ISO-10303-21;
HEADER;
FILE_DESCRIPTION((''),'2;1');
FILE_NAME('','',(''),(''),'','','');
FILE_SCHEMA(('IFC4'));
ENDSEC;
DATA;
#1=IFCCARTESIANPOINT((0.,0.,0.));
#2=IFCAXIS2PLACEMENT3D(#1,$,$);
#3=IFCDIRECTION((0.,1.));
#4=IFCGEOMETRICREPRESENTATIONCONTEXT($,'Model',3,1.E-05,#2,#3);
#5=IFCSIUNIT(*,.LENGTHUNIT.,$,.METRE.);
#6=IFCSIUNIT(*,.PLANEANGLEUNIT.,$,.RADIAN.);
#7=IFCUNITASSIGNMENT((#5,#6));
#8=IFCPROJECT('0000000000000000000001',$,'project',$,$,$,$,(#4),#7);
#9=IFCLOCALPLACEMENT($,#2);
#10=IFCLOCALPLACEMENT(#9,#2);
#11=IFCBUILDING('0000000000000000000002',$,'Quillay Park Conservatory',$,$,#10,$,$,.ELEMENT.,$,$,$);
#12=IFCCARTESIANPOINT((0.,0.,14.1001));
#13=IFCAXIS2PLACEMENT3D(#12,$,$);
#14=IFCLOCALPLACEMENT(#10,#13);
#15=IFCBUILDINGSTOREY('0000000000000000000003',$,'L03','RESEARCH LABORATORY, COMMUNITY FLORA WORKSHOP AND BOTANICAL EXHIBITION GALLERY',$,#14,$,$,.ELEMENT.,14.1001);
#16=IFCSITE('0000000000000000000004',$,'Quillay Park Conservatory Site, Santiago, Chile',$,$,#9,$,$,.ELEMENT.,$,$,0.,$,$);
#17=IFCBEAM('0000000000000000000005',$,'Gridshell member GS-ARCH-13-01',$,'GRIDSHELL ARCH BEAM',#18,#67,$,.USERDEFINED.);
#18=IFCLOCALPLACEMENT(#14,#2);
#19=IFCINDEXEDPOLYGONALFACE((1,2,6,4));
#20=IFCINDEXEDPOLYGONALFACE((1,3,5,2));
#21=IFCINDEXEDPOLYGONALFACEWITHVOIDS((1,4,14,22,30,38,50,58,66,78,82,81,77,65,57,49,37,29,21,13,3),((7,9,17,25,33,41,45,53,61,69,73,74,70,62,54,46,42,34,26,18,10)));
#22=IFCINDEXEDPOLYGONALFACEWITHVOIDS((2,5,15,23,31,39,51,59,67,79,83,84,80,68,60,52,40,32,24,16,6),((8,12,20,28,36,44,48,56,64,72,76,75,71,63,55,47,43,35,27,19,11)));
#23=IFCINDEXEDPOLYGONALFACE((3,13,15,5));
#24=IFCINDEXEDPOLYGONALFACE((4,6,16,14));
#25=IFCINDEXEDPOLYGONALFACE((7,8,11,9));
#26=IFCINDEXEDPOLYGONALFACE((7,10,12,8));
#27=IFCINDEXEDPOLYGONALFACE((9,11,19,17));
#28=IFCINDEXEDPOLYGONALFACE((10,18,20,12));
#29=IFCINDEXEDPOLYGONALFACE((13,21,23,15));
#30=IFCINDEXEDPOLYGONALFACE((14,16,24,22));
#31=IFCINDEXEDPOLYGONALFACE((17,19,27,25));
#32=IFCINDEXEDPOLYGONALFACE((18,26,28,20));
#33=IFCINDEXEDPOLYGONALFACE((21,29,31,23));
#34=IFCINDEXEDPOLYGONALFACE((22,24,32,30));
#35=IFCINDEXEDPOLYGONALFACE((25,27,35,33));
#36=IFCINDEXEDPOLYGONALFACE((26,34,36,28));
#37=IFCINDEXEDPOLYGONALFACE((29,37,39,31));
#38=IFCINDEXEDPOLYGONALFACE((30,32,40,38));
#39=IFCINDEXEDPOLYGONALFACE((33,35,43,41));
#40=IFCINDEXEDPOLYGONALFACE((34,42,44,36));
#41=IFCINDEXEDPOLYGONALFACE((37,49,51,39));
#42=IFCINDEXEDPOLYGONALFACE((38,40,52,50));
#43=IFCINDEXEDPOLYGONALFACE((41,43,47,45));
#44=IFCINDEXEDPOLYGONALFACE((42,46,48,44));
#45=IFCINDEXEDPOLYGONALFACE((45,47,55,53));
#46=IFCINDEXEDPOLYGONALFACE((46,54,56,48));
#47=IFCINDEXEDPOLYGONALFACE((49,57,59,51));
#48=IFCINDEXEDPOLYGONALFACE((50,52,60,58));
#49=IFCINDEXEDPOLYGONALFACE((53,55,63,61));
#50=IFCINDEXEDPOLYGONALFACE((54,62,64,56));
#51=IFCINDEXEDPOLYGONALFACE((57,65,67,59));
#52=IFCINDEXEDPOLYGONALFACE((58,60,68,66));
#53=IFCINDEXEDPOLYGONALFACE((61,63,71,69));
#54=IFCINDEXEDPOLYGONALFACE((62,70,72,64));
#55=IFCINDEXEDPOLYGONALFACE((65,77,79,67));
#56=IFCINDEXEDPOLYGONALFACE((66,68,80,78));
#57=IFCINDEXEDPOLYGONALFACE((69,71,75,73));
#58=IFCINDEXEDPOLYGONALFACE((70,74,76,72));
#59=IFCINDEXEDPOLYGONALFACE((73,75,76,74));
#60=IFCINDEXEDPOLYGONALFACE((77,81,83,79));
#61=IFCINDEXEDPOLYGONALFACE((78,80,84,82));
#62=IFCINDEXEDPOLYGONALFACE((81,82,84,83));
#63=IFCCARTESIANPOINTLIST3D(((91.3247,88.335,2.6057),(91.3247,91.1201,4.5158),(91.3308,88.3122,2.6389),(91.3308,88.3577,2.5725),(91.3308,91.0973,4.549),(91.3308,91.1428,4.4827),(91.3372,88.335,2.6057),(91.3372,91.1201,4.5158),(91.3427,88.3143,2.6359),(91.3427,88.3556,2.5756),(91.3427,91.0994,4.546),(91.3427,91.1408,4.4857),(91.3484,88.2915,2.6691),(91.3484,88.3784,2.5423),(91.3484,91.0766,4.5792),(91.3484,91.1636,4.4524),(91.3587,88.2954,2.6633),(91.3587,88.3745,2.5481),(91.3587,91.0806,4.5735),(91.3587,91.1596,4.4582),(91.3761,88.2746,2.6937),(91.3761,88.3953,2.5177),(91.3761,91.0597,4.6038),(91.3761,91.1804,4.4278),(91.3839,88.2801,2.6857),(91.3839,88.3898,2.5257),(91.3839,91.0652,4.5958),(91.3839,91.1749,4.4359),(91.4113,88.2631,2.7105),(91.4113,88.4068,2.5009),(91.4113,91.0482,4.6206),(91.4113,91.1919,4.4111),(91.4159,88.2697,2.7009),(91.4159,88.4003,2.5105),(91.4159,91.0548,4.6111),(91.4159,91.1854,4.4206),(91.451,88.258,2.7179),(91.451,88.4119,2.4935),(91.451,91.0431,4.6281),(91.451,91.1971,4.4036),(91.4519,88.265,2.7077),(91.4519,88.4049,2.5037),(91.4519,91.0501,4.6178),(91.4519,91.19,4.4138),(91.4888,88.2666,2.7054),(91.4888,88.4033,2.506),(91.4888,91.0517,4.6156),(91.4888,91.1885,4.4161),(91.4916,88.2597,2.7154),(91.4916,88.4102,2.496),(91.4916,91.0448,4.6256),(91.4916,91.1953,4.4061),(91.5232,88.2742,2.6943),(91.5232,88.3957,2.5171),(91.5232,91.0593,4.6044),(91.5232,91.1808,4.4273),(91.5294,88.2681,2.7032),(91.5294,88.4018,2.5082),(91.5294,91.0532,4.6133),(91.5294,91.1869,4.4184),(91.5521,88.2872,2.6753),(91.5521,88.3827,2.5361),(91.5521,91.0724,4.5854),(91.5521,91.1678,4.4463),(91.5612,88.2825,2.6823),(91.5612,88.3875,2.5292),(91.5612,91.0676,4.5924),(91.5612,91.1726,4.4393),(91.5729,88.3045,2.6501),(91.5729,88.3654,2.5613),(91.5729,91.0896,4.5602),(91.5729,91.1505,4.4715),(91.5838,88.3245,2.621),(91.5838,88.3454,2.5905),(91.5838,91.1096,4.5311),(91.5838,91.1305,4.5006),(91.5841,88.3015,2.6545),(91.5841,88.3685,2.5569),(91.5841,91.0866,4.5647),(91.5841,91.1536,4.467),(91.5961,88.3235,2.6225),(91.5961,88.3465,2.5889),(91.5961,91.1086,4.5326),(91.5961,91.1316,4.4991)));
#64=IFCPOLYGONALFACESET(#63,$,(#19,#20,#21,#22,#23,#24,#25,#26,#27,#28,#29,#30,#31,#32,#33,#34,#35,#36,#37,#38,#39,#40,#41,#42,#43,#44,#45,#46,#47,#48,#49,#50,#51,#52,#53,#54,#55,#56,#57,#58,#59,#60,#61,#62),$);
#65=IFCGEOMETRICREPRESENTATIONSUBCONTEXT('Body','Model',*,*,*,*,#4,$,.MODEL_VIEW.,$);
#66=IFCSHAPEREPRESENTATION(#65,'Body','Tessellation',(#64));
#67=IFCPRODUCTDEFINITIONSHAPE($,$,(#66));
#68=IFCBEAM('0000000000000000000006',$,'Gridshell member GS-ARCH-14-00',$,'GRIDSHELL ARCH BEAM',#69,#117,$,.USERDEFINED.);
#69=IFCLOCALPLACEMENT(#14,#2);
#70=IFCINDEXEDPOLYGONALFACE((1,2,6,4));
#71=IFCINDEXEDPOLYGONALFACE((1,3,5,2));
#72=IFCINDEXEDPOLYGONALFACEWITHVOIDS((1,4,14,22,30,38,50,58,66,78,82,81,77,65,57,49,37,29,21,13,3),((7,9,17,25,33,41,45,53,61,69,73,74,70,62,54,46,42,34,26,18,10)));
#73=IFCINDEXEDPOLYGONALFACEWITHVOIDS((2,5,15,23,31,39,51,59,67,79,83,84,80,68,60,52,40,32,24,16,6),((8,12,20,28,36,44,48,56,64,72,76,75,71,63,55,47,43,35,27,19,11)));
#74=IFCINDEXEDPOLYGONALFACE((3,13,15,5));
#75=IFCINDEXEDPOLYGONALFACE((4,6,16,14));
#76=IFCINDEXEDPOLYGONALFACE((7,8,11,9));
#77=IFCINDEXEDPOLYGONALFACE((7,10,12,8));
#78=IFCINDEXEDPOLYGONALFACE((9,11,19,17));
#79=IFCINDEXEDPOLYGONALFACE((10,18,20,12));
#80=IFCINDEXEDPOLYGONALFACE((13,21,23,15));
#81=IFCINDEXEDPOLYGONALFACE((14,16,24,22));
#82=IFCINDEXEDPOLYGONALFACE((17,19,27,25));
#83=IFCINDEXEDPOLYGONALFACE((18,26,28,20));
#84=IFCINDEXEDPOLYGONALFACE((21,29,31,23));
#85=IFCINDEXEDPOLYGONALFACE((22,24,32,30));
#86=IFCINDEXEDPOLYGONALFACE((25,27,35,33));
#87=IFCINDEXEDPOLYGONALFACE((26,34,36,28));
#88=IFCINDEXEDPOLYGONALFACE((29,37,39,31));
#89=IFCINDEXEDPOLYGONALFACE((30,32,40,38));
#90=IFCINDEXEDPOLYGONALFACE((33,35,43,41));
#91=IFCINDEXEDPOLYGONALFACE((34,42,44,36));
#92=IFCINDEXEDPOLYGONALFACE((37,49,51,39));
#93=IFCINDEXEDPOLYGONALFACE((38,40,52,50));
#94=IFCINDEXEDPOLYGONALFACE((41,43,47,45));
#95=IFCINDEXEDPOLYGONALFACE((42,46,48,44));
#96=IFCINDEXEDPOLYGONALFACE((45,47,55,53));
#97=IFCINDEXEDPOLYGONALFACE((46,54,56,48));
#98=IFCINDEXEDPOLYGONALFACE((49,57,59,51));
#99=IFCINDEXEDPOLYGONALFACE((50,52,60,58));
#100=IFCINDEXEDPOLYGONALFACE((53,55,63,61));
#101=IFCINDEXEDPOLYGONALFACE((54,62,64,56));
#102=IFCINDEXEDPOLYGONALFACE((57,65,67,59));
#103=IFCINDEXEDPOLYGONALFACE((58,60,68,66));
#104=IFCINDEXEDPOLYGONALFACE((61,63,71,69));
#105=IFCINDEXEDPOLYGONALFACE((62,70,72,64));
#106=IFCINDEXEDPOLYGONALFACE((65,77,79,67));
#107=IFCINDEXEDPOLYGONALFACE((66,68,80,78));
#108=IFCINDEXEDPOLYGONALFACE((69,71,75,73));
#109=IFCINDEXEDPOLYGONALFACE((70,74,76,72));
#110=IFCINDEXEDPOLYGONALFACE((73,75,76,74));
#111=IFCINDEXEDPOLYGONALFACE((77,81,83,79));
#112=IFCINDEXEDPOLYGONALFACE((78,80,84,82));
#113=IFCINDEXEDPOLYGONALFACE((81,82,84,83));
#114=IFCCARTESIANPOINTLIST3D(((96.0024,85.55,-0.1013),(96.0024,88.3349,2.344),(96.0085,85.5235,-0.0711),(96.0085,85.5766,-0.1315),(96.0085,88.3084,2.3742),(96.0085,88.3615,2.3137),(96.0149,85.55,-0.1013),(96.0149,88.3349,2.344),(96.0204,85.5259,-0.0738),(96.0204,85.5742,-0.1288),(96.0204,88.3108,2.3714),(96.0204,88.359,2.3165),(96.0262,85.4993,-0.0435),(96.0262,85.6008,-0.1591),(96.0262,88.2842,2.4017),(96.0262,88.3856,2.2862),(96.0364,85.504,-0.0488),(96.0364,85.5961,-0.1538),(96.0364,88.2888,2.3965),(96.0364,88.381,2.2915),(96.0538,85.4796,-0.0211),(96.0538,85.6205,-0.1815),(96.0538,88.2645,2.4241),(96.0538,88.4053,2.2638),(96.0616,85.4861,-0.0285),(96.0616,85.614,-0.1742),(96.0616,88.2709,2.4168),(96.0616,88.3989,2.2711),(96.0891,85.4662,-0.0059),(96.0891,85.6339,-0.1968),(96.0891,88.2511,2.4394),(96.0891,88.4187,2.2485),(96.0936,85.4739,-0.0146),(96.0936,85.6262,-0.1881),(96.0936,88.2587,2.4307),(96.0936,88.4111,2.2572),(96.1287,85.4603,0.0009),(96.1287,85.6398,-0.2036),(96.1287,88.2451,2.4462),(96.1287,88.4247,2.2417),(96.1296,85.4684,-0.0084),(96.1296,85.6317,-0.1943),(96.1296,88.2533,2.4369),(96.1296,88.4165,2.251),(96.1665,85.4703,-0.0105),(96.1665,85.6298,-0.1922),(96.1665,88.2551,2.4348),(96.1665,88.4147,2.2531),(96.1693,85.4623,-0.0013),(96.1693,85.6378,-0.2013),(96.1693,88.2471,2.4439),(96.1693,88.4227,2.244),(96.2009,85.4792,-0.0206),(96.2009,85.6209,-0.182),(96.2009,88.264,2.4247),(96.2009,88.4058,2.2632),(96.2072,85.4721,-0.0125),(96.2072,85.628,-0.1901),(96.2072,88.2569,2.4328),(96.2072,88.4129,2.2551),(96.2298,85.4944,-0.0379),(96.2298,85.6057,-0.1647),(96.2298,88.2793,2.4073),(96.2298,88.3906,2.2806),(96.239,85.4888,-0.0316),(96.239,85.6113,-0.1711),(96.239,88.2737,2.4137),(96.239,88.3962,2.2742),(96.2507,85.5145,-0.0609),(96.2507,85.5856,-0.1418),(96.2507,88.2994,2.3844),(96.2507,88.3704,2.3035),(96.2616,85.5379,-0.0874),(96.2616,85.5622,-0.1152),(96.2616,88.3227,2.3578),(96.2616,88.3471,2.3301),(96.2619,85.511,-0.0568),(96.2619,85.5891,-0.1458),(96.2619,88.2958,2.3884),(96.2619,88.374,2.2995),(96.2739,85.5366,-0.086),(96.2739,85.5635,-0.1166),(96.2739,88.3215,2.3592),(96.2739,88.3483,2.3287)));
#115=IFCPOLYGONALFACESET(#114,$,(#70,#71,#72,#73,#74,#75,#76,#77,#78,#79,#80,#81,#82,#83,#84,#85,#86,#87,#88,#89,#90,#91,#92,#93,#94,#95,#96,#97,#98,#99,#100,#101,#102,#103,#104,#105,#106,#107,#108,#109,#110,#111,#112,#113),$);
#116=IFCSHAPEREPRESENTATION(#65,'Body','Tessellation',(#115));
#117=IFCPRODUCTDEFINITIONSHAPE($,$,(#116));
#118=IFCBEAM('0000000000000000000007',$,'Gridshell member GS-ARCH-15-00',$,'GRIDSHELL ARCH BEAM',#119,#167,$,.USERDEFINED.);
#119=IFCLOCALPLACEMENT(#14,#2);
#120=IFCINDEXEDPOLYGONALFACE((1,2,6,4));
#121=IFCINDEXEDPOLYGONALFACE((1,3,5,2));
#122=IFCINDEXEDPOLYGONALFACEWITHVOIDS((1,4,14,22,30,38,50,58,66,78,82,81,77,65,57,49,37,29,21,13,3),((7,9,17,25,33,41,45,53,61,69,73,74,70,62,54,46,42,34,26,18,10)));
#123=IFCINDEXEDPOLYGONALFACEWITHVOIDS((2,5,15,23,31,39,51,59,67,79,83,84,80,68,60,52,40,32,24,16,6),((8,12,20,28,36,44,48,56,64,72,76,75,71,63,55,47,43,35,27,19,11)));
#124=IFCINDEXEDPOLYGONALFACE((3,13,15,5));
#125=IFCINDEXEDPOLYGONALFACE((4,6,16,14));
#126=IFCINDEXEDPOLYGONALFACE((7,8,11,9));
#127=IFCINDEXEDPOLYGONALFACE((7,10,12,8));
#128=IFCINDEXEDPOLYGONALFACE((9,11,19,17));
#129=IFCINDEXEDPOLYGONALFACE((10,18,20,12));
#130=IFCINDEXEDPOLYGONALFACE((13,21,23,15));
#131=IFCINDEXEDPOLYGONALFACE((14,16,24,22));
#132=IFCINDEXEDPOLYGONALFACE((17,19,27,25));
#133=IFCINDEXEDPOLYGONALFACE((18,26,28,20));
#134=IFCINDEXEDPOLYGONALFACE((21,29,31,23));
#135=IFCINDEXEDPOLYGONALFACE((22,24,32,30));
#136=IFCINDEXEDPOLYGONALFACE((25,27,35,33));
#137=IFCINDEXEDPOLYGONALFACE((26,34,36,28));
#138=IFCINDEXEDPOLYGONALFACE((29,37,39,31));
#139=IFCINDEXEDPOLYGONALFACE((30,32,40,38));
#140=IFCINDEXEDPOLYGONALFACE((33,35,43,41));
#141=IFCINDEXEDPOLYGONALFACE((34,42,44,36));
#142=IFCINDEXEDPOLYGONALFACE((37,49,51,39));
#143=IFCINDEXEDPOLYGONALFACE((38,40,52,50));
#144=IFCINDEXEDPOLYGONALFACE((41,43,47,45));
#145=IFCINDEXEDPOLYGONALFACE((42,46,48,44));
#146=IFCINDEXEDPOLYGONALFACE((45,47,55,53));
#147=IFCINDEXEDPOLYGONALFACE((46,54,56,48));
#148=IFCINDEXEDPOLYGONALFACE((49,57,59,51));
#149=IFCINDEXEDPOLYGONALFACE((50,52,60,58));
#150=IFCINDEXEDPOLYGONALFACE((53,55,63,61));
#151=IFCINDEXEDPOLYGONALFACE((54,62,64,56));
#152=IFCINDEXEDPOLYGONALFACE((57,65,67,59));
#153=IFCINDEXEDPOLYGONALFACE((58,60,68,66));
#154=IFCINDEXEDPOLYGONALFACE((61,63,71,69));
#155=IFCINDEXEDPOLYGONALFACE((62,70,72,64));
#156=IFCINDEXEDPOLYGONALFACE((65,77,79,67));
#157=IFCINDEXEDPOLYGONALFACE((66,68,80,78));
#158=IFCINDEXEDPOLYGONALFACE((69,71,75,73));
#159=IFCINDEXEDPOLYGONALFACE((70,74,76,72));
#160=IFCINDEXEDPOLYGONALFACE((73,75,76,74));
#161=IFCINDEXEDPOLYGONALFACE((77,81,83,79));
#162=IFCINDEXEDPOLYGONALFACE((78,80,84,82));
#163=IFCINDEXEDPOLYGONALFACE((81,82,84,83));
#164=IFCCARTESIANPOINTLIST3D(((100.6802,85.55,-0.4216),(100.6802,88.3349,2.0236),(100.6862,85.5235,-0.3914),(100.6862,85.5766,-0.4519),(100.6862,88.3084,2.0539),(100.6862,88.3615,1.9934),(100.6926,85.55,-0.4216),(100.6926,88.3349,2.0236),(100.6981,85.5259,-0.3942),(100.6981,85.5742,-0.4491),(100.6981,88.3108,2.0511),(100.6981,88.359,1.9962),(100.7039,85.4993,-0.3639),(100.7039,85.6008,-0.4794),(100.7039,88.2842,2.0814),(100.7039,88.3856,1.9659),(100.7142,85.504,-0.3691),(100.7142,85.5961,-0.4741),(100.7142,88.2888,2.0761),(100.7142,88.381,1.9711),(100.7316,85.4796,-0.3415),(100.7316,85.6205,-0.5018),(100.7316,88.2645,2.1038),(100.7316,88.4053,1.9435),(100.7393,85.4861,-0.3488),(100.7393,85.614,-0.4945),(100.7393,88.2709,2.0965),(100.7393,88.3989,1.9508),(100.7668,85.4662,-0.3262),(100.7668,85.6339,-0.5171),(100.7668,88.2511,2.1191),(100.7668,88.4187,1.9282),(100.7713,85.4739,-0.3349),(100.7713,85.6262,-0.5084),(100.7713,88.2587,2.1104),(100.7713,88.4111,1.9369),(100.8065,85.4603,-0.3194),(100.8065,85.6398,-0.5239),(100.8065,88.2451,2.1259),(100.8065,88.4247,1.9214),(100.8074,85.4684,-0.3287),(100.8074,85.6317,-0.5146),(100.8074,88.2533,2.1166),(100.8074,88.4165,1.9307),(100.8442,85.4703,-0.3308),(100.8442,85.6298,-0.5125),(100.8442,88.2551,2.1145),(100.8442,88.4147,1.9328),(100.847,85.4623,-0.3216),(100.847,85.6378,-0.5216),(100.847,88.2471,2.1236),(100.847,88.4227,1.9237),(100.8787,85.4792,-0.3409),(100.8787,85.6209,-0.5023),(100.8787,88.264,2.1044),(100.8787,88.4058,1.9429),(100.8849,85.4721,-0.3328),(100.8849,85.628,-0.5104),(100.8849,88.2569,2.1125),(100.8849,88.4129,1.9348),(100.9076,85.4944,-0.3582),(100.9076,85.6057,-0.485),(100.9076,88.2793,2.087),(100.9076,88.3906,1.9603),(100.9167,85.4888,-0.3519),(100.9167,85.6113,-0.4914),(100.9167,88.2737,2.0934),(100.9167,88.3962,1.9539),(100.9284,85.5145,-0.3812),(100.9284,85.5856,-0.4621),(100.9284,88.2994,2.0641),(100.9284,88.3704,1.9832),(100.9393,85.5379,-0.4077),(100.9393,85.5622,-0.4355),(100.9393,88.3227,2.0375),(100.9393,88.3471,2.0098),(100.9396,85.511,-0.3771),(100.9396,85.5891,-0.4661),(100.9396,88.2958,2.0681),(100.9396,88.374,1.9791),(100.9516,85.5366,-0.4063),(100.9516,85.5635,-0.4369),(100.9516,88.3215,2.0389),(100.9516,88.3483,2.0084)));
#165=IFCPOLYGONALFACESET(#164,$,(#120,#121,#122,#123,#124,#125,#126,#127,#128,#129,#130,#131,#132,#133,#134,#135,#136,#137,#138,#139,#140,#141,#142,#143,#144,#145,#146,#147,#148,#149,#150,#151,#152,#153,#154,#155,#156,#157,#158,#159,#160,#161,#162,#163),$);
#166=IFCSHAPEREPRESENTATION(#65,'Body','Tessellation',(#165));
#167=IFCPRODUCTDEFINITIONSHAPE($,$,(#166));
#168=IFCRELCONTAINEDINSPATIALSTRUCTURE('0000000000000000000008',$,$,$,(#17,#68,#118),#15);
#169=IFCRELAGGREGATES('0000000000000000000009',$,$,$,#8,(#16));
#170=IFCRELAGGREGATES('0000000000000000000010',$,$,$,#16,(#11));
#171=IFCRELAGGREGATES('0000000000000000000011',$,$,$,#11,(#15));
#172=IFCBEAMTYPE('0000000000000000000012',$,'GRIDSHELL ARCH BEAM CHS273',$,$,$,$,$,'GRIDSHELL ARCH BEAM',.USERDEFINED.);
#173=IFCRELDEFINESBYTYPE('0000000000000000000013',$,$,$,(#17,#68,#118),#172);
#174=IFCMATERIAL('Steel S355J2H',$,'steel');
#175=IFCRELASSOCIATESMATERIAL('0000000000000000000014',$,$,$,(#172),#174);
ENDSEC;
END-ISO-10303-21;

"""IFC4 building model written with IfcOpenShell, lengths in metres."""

from ifc_helpers import new_model, si_unit, direction, frame, origin, origin_2d, place, context, subcontext, project, spatial, hollow_circle, extrude, material, material_profile, profile_set, type_object, element, save


model = new_model("IFC4")

# Units and contexts
model_context = context("Model", 3, precision=1e-05, world=origin(), true_north=direction((0.0, 1.0)))
body_context = subcontext(model_context, "Body", "Model", "MODEL_VIEW")
ifc_project = project(units=[si_unit("LENGTHUNIT", "METRE"), si_unit("PLANEANGLEUNIT", "RADIAN")], contexts=[model_context])

# Site, building, storey
site_placement = place(None, origin())
site = spatial("IfcSite", under=ifc_project, at=site_placement, Name="Quillay Park Conservatory Site, Santiago, Chile", CompositionType="ELEMENT", RefElevation=0.0)
building_placement = place(site_placement, origin())
building = spatial("IfcBuilding", under=site, at=building_placement, Name="Quillay Park Conservatory", CompositionType="ELEMENT")
storey_placement = place(building_placement, frame((0.0, 0.0, 14.1001)))
storey = spatial("IfcBuildingStorey", under=building, at=storey_placement, Name="L03", Description="RESEARCH LABORATORY, COMMUNITY FLORA WORKSHOP AND BOTANICAL EXHIBITION GALLERY", CompositionType="ELEMENT", Elevation=14.1001)

# Beams
ifc_material_1 = material(Name="Steel S355J2H", Category="steel")
ifc_material_profile_1 = material_profile(ifc_material_1, hollow_circle(Radius=0.1365, WallThickness=0.0125, at=origin_2d()), Name="CHS273x12.5")
ifc_profile_set_1 = profile_set([ifc_material_profile_1], Name="Steel S355J2H")
beam_type = type_object("IfcBeamType", Name="GRIDSHELL ARCH BEAM CHS273", ElementType="GRIDSHELL ARCH BEAM", PredefinedType="USERDEFINED", material=ifc_profile_set_1)
beam_1_placement = place(storey_placement, frame((91.4612, 88.335, 2.6057), z_axis=(0.0, 0.824683, 0.565596), x_axis=(-1.0, 0.0, 0.0)))
element("IfcBeam", 1, at=beam_1_placement, inside=storey, type_object=beam_type, Name="Gridshell member GS-ARCH-13-01", ObjectType="GRIDSHELL ARCH BEAM", PredefinedType="USERDEFINED", context=body_context, shape_type="SweptSolid", body=[
    extrude(hollow_circle(Radius=0.1365, WallThickness=0.0125, at=origin_2d()), origin(), (0.0, 0.0, 1.0), 3.3772),
])
for number, where, z_axis, x_axis, name in (
    (2, (96.1389, 85.55, -0.1013), (0.0, 0.751437, 0.659805), (-1.0, 0.0, 0.0), "Gridshell member GS-ARCH-14-00"),
    (3, (100.8167, 85.55, -0.4216), (0.0, 0.751437, 0.659805), (-1.0, 0.0, 0.0), "Gridshell member GS-ARCH-15-00"),
):
    element("IfcBeam", number, at=place(storey_placement, frame(where, z_axis=z_axis, x_axis=x_axis)), inside=storey, type_object=beam_type, Name=name, ObjectType="GRIDSHELL ARCH BEAM", PredefinedType="USERDEFINED", context=body_context, shape_type="SweptSolid", body=[
        extrude(hollow_circle(Radius=0.1365, WallThickness=0.0125, at=origin_2d()), origin(), (0.0, 0.0, 1.0), 3.7061),
    ])

save(model, "model.ifc")
